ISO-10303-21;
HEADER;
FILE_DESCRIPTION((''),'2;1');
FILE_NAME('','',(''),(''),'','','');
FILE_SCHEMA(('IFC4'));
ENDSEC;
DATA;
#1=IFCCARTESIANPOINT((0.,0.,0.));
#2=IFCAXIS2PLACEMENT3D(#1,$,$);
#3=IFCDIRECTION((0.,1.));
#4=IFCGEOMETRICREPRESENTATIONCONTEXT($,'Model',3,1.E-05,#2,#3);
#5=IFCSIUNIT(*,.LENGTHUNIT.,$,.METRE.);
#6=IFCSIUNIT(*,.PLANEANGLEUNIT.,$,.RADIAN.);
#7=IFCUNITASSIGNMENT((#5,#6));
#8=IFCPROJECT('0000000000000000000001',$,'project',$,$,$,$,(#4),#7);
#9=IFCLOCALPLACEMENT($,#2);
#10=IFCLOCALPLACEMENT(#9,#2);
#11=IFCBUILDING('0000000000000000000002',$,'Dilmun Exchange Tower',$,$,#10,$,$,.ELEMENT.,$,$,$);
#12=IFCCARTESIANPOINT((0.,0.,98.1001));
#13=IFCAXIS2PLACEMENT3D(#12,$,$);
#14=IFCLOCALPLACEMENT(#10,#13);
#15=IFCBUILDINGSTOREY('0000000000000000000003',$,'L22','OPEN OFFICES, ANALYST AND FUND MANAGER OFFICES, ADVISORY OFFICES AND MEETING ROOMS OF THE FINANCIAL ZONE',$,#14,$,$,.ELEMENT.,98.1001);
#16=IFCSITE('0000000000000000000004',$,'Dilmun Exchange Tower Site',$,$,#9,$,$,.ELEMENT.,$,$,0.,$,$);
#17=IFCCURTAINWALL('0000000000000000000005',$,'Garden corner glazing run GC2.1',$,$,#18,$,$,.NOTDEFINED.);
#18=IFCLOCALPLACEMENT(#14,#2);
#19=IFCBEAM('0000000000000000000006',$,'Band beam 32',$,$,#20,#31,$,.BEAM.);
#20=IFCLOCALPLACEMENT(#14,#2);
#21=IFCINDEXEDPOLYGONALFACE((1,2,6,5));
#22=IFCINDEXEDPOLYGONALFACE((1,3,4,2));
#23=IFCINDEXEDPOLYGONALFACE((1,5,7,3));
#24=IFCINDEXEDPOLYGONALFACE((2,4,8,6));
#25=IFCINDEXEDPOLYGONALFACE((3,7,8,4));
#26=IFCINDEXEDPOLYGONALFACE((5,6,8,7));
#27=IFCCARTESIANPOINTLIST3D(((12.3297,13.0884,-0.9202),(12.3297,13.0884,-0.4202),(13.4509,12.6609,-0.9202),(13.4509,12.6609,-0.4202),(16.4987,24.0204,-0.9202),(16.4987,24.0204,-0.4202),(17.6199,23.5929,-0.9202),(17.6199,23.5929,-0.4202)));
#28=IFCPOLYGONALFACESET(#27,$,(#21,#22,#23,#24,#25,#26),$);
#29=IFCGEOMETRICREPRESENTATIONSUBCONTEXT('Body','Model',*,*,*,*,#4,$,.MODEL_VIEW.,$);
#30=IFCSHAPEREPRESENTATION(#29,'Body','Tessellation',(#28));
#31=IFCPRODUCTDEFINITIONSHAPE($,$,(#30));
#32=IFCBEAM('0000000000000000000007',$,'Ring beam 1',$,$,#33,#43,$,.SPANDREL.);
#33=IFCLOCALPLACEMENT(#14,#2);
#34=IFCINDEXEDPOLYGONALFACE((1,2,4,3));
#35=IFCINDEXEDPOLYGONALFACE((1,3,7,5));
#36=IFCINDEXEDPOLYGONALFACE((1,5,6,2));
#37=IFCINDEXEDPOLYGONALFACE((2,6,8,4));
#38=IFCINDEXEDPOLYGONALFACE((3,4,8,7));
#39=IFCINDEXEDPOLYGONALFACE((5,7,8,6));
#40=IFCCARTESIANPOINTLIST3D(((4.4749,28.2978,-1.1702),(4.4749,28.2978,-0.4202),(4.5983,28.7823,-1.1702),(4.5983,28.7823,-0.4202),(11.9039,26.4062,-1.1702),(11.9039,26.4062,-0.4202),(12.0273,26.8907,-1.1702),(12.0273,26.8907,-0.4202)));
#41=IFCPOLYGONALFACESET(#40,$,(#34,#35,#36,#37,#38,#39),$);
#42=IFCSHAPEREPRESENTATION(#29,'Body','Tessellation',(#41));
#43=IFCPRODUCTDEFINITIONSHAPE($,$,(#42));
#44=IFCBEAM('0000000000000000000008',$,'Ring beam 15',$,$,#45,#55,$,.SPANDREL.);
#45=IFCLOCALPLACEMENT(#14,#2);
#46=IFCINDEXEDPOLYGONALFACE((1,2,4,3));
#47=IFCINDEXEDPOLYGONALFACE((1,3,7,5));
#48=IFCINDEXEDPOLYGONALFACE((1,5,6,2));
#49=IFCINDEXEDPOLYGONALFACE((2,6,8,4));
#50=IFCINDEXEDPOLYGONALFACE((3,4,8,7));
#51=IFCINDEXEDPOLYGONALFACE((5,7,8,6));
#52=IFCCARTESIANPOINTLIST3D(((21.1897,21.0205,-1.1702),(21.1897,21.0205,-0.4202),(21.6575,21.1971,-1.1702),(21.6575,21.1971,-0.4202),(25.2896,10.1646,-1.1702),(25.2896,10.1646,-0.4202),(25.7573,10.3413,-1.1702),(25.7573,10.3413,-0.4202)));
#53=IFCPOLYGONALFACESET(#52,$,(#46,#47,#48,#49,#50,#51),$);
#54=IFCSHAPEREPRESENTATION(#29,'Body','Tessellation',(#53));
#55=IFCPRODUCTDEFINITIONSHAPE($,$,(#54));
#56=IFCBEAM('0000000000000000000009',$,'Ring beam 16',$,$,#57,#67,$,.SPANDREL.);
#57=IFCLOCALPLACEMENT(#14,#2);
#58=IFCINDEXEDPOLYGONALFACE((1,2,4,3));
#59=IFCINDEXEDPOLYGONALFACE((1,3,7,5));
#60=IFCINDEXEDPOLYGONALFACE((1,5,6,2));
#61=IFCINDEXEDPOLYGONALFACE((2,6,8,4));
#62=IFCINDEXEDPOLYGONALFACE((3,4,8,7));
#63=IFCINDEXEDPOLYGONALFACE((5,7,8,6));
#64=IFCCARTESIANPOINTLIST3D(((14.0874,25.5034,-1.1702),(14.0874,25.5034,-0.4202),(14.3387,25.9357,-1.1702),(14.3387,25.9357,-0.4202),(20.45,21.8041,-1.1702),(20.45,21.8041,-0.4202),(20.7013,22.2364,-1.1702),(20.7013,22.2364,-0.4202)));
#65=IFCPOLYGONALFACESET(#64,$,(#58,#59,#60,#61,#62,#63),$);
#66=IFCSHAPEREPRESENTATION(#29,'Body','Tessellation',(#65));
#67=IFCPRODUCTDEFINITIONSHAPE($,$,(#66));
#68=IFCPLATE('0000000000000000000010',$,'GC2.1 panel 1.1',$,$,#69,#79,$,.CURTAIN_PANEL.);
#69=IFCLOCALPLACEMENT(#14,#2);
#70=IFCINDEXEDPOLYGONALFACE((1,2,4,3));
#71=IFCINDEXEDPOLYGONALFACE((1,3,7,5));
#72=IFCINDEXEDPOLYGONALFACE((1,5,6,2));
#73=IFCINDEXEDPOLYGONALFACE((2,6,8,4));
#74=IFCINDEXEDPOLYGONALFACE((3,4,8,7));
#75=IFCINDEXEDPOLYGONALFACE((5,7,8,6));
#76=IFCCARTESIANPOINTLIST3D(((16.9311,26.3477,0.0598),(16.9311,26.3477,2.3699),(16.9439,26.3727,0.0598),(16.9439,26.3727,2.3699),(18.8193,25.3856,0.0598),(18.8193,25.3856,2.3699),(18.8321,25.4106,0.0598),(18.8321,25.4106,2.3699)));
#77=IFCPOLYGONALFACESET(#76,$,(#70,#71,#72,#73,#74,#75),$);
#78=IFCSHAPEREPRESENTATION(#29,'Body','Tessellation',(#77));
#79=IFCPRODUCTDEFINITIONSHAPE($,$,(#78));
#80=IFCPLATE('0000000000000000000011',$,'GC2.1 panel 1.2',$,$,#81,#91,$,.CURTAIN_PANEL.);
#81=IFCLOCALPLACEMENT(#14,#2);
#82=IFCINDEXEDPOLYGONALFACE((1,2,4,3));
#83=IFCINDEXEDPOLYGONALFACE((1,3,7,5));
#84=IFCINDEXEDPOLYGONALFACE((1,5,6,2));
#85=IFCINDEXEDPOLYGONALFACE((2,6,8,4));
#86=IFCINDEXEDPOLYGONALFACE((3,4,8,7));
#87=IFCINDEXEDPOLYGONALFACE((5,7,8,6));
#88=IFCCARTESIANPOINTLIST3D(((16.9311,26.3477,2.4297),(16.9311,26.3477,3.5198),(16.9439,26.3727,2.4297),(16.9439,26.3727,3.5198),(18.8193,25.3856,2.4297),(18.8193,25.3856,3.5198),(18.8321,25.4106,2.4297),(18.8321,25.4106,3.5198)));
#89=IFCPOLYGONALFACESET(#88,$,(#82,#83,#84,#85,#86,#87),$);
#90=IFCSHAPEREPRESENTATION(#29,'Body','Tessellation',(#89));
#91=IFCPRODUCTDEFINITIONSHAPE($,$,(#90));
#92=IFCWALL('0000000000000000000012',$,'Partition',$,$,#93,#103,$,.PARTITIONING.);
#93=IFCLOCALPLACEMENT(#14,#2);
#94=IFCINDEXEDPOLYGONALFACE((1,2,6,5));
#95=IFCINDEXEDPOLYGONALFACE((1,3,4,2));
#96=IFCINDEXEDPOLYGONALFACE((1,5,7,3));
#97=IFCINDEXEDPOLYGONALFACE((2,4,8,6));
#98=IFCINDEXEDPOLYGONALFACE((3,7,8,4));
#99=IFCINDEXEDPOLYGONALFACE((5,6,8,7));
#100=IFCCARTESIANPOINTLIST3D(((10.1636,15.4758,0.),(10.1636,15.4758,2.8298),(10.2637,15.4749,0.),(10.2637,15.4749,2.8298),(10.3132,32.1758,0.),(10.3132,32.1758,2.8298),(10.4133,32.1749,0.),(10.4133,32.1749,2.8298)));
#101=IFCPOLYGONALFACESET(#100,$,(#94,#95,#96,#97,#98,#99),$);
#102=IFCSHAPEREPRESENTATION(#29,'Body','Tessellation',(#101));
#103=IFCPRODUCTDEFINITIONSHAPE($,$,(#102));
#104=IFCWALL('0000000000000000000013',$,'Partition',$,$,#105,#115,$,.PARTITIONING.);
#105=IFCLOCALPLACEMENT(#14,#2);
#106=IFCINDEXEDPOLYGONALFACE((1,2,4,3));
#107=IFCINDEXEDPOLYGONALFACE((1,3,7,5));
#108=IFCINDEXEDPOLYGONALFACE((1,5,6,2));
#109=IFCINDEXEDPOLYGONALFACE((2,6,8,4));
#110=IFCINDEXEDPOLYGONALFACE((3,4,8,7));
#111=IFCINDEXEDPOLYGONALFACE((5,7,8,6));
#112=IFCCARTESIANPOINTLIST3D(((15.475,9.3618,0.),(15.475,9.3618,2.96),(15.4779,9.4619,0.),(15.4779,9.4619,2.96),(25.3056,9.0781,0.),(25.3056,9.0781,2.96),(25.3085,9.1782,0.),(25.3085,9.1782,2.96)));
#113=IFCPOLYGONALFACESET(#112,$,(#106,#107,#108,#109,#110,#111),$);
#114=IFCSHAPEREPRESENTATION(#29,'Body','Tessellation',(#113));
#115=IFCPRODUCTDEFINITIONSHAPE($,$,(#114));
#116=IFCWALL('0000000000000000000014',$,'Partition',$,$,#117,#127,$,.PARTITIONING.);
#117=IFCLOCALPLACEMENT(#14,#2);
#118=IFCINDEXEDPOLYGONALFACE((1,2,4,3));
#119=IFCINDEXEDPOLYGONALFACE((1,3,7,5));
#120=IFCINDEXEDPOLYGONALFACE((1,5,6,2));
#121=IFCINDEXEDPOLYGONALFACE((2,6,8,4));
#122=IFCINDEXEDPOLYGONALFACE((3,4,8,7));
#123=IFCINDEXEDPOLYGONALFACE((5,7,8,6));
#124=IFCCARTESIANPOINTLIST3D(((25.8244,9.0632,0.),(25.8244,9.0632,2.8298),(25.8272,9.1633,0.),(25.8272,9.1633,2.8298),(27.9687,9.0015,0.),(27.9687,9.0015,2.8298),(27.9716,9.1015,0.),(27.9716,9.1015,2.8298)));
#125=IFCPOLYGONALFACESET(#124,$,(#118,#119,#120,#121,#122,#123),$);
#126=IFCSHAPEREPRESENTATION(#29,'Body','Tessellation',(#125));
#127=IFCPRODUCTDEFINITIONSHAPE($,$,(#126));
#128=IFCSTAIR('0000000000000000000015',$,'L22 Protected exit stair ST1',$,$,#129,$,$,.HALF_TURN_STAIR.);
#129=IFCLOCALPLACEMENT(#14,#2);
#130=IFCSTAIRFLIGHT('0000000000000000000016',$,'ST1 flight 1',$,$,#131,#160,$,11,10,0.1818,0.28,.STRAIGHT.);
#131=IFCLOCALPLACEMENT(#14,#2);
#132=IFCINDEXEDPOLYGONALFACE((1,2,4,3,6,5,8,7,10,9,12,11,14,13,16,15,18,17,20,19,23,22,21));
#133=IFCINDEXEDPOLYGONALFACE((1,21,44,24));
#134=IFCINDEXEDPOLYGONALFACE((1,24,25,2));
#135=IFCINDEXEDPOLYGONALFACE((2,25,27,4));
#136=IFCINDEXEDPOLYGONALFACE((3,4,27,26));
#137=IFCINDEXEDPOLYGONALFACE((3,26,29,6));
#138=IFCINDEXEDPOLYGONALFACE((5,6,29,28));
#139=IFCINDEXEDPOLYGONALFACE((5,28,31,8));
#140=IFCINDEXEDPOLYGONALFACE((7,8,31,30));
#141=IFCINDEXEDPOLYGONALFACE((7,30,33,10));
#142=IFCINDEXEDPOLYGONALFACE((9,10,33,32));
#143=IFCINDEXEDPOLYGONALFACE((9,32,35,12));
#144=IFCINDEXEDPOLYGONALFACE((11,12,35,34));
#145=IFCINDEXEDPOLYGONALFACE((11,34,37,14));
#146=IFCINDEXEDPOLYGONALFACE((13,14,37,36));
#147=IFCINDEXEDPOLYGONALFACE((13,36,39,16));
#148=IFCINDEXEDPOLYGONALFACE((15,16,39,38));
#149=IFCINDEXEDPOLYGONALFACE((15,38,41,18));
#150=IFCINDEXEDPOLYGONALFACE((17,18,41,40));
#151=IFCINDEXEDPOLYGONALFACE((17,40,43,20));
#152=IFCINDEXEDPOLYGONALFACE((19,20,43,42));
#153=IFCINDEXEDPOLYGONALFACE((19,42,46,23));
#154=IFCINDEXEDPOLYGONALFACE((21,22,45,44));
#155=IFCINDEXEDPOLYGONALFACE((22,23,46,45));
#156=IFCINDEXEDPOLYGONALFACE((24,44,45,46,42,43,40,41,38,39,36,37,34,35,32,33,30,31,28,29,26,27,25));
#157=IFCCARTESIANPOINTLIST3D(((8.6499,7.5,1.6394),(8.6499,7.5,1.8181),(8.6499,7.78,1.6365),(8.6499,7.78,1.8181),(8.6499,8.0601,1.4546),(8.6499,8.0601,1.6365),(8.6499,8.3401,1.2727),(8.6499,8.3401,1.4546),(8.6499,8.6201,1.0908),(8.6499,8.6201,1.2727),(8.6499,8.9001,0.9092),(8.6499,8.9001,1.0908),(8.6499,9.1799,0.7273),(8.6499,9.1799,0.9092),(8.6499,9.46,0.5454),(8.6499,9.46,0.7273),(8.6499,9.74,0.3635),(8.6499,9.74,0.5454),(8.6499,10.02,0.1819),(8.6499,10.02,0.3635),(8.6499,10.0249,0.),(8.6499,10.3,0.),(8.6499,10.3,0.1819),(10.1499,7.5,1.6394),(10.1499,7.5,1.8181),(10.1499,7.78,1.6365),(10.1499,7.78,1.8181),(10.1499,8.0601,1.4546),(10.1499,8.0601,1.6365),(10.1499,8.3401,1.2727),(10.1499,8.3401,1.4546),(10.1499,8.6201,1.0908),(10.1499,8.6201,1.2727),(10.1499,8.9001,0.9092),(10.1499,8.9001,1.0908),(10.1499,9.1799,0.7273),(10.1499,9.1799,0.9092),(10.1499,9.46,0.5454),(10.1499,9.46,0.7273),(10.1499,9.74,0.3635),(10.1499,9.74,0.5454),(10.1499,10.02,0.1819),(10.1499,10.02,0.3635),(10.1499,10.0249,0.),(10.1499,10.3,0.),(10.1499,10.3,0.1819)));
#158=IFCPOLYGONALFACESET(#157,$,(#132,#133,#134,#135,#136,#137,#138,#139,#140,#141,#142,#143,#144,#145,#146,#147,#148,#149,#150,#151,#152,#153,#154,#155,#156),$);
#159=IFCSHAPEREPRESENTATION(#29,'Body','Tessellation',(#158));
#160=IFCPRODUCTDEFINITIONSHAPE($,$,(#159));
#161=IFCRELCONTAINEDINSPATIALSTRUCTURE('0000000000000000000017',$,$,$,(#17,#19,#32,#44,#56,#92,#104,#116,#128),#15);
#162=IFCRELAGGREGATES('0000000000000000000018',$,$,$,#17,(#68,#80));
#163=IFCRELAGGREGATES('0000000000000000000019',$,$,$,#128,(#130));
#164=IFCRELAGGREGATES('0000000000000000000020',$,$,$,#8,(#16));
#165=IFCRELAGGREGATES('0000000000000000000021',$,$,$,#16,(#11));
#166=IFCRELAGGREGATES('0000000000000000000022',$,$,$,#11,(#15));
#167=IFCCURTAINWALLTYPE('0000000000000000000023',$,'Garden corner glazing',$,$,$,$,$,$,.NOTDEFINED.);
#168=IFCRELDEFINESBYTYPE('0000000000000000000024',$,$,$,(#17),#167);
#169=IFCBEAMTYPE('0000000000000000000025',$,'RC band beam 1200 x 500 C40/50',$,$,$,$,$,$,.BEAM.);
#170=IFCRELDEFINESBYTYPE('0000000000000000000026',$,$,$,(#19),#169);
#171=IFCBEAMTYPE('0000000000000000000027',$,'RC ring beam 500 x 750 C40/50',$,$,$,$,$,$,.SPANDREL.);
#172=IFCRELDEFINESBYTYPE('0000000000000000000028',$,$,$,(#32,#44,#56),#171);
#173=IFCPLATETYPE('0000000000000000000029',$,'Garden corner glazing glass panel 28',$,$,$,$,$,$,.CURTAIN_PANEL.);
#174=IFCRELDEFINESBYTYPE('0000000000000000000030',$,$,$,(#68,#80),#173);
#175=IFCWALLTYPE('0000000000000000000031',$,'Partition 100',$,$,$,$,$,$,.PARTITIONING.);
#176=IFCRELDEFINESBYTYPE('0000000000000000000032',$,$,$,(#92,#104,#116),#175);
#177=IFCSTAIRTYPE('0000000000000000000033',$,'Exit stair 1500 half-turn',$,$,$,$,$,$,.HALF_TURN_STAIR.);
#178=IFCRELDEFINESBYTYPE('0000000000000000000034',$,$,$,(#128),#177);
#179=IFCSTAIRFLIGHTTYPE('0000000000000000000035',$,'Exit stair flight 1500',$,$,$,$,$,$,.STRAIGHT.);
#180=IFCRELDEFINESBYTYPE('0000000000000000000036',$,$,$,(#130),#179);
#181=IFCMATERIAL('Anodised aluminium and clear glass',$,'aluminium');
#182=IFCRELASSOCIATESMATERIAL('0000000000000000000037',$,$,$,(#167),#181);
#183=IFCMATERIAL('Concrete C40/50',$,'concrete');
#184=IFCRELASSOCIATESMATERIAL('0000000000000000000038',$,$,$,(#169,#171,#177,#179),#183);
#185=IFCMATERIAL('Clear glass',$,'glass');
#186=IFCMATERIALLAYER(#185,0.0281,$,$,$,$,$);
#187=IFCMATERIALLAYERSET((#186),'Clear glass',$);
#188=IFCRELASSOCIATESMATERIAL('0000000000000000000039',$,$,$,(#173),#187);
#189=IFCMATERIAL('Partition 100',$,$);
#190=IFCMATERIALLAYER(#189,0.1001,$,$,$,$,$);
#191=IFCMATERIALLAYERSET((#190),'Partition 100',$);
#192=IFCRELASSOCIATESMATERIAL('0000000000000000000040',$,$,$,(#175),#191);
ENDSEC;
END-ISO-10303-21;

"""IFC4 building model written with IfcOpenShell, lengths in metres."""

from ifc_helpers import new_model, si_unit, direction, frame, frame_2d, origin, origin_2d, place, context, subcontext, project, spatial, polyline, rectangle, outline, extrude, material, layer, layer_set, material_profile, profile_set, type_object, element, aggregate, save


model = new_model("IFC4")

# Units and contexts
model_context = context("Model", 3, precision=1e-05, world=origin(), true_north=direction((0.0, 1.0)))
body_context = subcontext(model_context, "Body", "Model", "MODEL_VIEW")
ifc_project = project(units=[si_unit("LENGTHUNIT", "METRE"), si_unit("PLANEANGLEUNIT", "RADIAN")], contexts=[model_context])

# Site, building, storey
site_placement = place(None, origin())
site = spatial("IfcSite", under=ifc_project, at=site_placement, Name="Dilmun Exchange Tower Site", CompositionType="ELEMENT", RefElevation=0.0)
building_placement = place(site_placement, origin())
building = spatial("IfcBuilding", under=site, at=building_placement, Name="Dilmun Exchange Tower", CompositionType="ELEMENT")
storey_placement = place(building_placement, frame((0.0, 0.0, 98.1001)))
storey = spatial("IfcBuildingStorey", under=building, at=storey_placement, Name="L22", Description="OPEN OFFICES, ANALYST AND FUND MANAGER OFFICES, ADVISORY OFFICES AND MEETING ROOMS OF THE FINANCIAL ZONE", CompositionType="ELEMENT", Elevation=98.1001)

# Shared definitions
ifc_material_1 = material(Name="Anodised aluminium and clear glass", Category="aluminium")
curtain_wall_type = type_object("IfcCurtainWallType", Name="Garden corner glazing", PredefinedType="NOTDEFINED", material=ifc_material_1)

# Curtain wall
curtain_wall_1_placement = place(storey_placement, origin())
curtain_wall_1 = element("IfcCurtainWall", 1, at=curtain_wall_1_placement, inside=storey, type_object=curtain_wall_type, Name="Garden corner glazing run GC2.1", PredefinedType="NOTDEFINED")

# Beams
ifc_material_2 = material(Name="Concrete C40/50", Category="concrete")
ifc_material_profile_1 = material_profile(ifc_material_2, rectangle(XDim=1.2, YDim=0.5, at=origin_2d()), Name="1200 x 500")
ifc_profile_set_1 = profile_set([ifc_material_profile_1], Name="Concrete C40/50")
beam_type_1 = type_object("IfcBeamType", Name="RC band beam 1200 x 500 C40/50", PredefinedType="BEAM", material=ifc_profile_set_1)
beam_1_placement = place(storey_placement, frame((17.0593, 23.8066, -0.6702), z_axis=(-0.356325, -0.934362, 0.0), x_axis=(0.934362, -0.356325, 0.0)))
element("IfcBeam", 2, at=beam_1_placement, inside=storey, type_object=beam_type_1, Name="Band beam 32", PredefinedType="BEAM", context=body_context, shape_type="SweptSolid", body=[
    extrude(rectangle(XDim=1.2, YDim=0.5, at=origin_2d()), origin(), (0.0, 0.0, 1.0), 11.7),
])
ifc_material_profile_2 = material_profile(ifc_material_2, rectangle(XDim=0.5, YDim=0.75, at=origin_2d()), Name="500 x 750")
ifc_profile_set_2 = profile_set([ifc_material_profile_2], Name="Concrete C40/50")
beam_type_2 = type_object("IfcBeamType", Name="RC ring beam 500 x 750 C40/50", PredefinedType="SPANDREL", material=ifc_profile_set_2)
beam_2_placement = place(storey_placement, frame((11.9656, 26.6484, -0.7952), z_axis=(-0.969079, 0.246752, 0.0), x_axis=(-0.246752, -0.969079, 0.0)))
element("IfcBeam", 3, at=beam_2_placement, inside=storey, type_object=beam_type_2, Name="Ring beam 1", PredefinedType="SPANDREL", context=body_context, shape_type="SweptSolid", body=[
    extrude(rectangle(XDim=0.5, YDim=0.75, at=origin_2d()), origin(), (0.0, 0.0, 1.0), 7.666),
])
beam_3_placement = place(storey_placement, frame((25.5234, 10.2529, -0.7952), z_axis=(-0.353304, 0.935509, 0.0), x_axis=(-0.935509, -0.353304, 0.0)))
element("IfcBeam", 4, at=beam_3_placement, inside=storey, type_object=beam_type_2, Name="Ring beam 15", PredefinedType="SPANDREL", context=body_context, shape_type="SweptSolid", body=[
    extrude(rectangle(XDim=0.5, YDim=0.75, at=origin_2d()), origin(), (0.0, 0.0, 1.0), 11.6042),
])
beam_4_placement = place(storey_placement, frame((20.5757, 22.0203, -0.7952), z_axis=(-0.864503, 0.502627, 0.0), x_axis=(-0.502627, -0.864503, 0.0)))
element("IfcBeam", 5, at=beam_4_placement, inside=storey, type_object=beam_type_2, Name="Ring beam 16", PredefinedType="SPANDREL", context=body_context, shape_type="SweptSolid", body=[
    extrude(rectangle(XDim=0.5, YDim=0.75, at=origin_2d()), origin(), (0.0, 0.0, 1.0), 7.3599),
])

# Plates
ifc_material_3 = material(Name="Clear glass", Category="glass")
ifc_layer_1 = layer(ifc_material_3, 0.0281)
ifc_layer_set_1 = layer_set([ifc_layer_1], Name="Clear glass")
plate_type = type_object("IfcPlateType", Name="Garden corner glazing glass panel 28", PredefinedType="CURTAIN_PANEL", material=ifc_layer_set_1)
plate_1_placement = place(storey_placement, frame((17.8816, 25.8792, 0.0598), z_axis=(0.0, 0.0, 1.0), x_axis=(-0.891016, 0.453971, 0.0)))
plate_1 = element("IfcPlate", 6, at=plate_1_placement, type_object=plate_type, Name="GC2.1 panel 1.1", PredefinedType="CURTAIN_PANEL", context=body_context, shape_type="SweptSolid", body=[
    extrude(rectangle(XDim=2.1191, YDim=0.0281, at=origin_2d()), origin(), (0.0, 0.0, 1.0), 2.3101),
])
plate_2_placement = place(storey_placement, frame((17.8816, 25.8792, 2.4297), z_axis=(0.0, 0.0, 1.0), x_axis=(-0.891016, 0.453971, 0.0)))
plate_2 = element("IfcPlate", 7, at=plate_2_placement, type_object=plate_type, Name="GC2.1 panel 1.2", PredefinedType="CURTAIN_PANEL", context=body_context, shape_type="SweptSolid", body=[
    extrude(rectangle(XDim=2.1191, YDim=0.0281, at=origin_2d()), origin(), (0.0, 0.0, 1.0), 1.0901),
])
aggregate(curtain_wall_1, [plate_1, plate_2])

# Walls
ifc_material_4 = material(Name="Partition 100")
ifc_layer_2 = layer(ifc_material_4, 0.1001)
ifc_layer_set_2 = layer_set([ifc_layer_2], Name="Partition 100")
wall_type_1 = type_object("IfcWallType", Name="Partition 100", PredefinedType="PARTITIONING", material=ifc_layer_set_2)
wall_1_placement = place(storey_placement, frame((10.2136, 15.4753, 0.0), z_axis=(0.0, 0.0, 1.0), x_axis=(0.008961, 0.99996, 0.0)))
element("IfcWall", 8, at=wall_1_placement, inside=storey, type_object=wall_type_1, Name="Partition", PredefinedType="PARTITIONING", context=body_context, shape_type="SweptSolid", body=[
    extrude(rectangle(XDim=16.7007, YDim=0.1001, at=frame_2d((8.3503, 0.0))), origin(), (0.0, 0.0, 1.0), 2.8298),
])
wall_2_placement = place(storey_placement, frame((15.4763, 9.4119, 0.0), z_axis=(0.0, 0.0, 1.0), x_axis=(0.999584, -0.028846, 0.0)))
element("IfcWall", 9, at=wall_2_placement, inside=storey, type_object=wall_type_1, Name="Partition", PredefinedType="PARTITIONING", context=body_context, shape_type="SweptSolid", body=[
    extrude(rectangle(XDim=9.8347, YDim=0.1001, at=frame_2d((4.9175, 0.0))), origin(), (0.0, 0.0, 1.0), 2.96),
])
wall_3_placement = place(storey_placement, frame((25.8257, 9.1133, 0.0), z_axis=(0.0, 0.0, 1.0), x_axis=(0.999585, -0.028794, 0.0)))
element("IfcWall", 10, at=wall_3_placement, inside=storey, type_object=wall_type_1, Name="Partition", PredefinedType="PARTITIONING", context=body_context, shape_type="SweptSolid", body=[
    extrude(rectangle(XDim=2.1453, YDim=0.1001, at=frame_2d((1.0728, 0.0))), origin(), (0.0, 0.0, 1.0), 2.8298),
])

# Stair, stair flight
stair_type = type_object("IfcStairType", Name="Exit stair 1500 half-turn", PredefinedType="HALF_TURN_STAIR", material=ifc_material_2)
stair_placement = place(storey_placement, origin())
stair = element("IfcStair", 11, at=stair_placement, inside=storey, type_object=stair_type, Name="L22 Protected exit stair ST1", PredefinedType="HALF_TURN_STAIR")
stair_flight_type = type_object("IfcStairFlightType", Name="Exit stair flight 1500", PredefinedType="STRAIGHT", material=ifc_material_2)
stair_flight_placement = place(storey_placement, frame((9.3999, 10.3, 0.0), z_axis=(0.0, 0.0, 1.0), x_axis=(0.0, -1.0, 0.0)))
stair_flight = element("IfcStairFlight", 12, at=stair_flight_placement, type_object=stair_flight_type, Name="ST1 flight 1", NumberOfRisers=11, NumberOfTreads=10, PredefinedType="STRAIGHT", RiserHeight=0.1818, TreadLength=0.28, context=body_context, shape_type="SweptSolid", body=[
    extrude(outline(polyline([(0.0, 0.0), (0.0, 0.1819), (0.28, 0.1819), (0.28, 0.3635), (0.5601, 0.3635), (0.5601, 0.5454), (0.8401, 0.5454), (0.8401, 0.7273), (1.1201, 0.7273), (1.1201, 0.9092), (1.3999, 0.9092), (1.3999, 1.0908), (1.6799, 1.0908), (1.6799, 1.2727), (1.96, 1.2727), (1.96, 1.4546), (2.24, 1.4546), (2.24, 1.6365), (2.52, 1.6365), (2.52, 1.8181), (2.8, 1.8181), (2.8, 2.0), (2.8, 1.6394), (0.2751, 0.0), (0.0, 0.0)])), frame((0.0, 0.75, 0.0), z_axis=(0.0, -1.0, 0.0), x_axis=(1.0, 0.0, 0.0)), (0.0, 0.0, 1.0), 1.5),
])
aggregate(stair, [stair_flight])

save(model, "model.ifc")
